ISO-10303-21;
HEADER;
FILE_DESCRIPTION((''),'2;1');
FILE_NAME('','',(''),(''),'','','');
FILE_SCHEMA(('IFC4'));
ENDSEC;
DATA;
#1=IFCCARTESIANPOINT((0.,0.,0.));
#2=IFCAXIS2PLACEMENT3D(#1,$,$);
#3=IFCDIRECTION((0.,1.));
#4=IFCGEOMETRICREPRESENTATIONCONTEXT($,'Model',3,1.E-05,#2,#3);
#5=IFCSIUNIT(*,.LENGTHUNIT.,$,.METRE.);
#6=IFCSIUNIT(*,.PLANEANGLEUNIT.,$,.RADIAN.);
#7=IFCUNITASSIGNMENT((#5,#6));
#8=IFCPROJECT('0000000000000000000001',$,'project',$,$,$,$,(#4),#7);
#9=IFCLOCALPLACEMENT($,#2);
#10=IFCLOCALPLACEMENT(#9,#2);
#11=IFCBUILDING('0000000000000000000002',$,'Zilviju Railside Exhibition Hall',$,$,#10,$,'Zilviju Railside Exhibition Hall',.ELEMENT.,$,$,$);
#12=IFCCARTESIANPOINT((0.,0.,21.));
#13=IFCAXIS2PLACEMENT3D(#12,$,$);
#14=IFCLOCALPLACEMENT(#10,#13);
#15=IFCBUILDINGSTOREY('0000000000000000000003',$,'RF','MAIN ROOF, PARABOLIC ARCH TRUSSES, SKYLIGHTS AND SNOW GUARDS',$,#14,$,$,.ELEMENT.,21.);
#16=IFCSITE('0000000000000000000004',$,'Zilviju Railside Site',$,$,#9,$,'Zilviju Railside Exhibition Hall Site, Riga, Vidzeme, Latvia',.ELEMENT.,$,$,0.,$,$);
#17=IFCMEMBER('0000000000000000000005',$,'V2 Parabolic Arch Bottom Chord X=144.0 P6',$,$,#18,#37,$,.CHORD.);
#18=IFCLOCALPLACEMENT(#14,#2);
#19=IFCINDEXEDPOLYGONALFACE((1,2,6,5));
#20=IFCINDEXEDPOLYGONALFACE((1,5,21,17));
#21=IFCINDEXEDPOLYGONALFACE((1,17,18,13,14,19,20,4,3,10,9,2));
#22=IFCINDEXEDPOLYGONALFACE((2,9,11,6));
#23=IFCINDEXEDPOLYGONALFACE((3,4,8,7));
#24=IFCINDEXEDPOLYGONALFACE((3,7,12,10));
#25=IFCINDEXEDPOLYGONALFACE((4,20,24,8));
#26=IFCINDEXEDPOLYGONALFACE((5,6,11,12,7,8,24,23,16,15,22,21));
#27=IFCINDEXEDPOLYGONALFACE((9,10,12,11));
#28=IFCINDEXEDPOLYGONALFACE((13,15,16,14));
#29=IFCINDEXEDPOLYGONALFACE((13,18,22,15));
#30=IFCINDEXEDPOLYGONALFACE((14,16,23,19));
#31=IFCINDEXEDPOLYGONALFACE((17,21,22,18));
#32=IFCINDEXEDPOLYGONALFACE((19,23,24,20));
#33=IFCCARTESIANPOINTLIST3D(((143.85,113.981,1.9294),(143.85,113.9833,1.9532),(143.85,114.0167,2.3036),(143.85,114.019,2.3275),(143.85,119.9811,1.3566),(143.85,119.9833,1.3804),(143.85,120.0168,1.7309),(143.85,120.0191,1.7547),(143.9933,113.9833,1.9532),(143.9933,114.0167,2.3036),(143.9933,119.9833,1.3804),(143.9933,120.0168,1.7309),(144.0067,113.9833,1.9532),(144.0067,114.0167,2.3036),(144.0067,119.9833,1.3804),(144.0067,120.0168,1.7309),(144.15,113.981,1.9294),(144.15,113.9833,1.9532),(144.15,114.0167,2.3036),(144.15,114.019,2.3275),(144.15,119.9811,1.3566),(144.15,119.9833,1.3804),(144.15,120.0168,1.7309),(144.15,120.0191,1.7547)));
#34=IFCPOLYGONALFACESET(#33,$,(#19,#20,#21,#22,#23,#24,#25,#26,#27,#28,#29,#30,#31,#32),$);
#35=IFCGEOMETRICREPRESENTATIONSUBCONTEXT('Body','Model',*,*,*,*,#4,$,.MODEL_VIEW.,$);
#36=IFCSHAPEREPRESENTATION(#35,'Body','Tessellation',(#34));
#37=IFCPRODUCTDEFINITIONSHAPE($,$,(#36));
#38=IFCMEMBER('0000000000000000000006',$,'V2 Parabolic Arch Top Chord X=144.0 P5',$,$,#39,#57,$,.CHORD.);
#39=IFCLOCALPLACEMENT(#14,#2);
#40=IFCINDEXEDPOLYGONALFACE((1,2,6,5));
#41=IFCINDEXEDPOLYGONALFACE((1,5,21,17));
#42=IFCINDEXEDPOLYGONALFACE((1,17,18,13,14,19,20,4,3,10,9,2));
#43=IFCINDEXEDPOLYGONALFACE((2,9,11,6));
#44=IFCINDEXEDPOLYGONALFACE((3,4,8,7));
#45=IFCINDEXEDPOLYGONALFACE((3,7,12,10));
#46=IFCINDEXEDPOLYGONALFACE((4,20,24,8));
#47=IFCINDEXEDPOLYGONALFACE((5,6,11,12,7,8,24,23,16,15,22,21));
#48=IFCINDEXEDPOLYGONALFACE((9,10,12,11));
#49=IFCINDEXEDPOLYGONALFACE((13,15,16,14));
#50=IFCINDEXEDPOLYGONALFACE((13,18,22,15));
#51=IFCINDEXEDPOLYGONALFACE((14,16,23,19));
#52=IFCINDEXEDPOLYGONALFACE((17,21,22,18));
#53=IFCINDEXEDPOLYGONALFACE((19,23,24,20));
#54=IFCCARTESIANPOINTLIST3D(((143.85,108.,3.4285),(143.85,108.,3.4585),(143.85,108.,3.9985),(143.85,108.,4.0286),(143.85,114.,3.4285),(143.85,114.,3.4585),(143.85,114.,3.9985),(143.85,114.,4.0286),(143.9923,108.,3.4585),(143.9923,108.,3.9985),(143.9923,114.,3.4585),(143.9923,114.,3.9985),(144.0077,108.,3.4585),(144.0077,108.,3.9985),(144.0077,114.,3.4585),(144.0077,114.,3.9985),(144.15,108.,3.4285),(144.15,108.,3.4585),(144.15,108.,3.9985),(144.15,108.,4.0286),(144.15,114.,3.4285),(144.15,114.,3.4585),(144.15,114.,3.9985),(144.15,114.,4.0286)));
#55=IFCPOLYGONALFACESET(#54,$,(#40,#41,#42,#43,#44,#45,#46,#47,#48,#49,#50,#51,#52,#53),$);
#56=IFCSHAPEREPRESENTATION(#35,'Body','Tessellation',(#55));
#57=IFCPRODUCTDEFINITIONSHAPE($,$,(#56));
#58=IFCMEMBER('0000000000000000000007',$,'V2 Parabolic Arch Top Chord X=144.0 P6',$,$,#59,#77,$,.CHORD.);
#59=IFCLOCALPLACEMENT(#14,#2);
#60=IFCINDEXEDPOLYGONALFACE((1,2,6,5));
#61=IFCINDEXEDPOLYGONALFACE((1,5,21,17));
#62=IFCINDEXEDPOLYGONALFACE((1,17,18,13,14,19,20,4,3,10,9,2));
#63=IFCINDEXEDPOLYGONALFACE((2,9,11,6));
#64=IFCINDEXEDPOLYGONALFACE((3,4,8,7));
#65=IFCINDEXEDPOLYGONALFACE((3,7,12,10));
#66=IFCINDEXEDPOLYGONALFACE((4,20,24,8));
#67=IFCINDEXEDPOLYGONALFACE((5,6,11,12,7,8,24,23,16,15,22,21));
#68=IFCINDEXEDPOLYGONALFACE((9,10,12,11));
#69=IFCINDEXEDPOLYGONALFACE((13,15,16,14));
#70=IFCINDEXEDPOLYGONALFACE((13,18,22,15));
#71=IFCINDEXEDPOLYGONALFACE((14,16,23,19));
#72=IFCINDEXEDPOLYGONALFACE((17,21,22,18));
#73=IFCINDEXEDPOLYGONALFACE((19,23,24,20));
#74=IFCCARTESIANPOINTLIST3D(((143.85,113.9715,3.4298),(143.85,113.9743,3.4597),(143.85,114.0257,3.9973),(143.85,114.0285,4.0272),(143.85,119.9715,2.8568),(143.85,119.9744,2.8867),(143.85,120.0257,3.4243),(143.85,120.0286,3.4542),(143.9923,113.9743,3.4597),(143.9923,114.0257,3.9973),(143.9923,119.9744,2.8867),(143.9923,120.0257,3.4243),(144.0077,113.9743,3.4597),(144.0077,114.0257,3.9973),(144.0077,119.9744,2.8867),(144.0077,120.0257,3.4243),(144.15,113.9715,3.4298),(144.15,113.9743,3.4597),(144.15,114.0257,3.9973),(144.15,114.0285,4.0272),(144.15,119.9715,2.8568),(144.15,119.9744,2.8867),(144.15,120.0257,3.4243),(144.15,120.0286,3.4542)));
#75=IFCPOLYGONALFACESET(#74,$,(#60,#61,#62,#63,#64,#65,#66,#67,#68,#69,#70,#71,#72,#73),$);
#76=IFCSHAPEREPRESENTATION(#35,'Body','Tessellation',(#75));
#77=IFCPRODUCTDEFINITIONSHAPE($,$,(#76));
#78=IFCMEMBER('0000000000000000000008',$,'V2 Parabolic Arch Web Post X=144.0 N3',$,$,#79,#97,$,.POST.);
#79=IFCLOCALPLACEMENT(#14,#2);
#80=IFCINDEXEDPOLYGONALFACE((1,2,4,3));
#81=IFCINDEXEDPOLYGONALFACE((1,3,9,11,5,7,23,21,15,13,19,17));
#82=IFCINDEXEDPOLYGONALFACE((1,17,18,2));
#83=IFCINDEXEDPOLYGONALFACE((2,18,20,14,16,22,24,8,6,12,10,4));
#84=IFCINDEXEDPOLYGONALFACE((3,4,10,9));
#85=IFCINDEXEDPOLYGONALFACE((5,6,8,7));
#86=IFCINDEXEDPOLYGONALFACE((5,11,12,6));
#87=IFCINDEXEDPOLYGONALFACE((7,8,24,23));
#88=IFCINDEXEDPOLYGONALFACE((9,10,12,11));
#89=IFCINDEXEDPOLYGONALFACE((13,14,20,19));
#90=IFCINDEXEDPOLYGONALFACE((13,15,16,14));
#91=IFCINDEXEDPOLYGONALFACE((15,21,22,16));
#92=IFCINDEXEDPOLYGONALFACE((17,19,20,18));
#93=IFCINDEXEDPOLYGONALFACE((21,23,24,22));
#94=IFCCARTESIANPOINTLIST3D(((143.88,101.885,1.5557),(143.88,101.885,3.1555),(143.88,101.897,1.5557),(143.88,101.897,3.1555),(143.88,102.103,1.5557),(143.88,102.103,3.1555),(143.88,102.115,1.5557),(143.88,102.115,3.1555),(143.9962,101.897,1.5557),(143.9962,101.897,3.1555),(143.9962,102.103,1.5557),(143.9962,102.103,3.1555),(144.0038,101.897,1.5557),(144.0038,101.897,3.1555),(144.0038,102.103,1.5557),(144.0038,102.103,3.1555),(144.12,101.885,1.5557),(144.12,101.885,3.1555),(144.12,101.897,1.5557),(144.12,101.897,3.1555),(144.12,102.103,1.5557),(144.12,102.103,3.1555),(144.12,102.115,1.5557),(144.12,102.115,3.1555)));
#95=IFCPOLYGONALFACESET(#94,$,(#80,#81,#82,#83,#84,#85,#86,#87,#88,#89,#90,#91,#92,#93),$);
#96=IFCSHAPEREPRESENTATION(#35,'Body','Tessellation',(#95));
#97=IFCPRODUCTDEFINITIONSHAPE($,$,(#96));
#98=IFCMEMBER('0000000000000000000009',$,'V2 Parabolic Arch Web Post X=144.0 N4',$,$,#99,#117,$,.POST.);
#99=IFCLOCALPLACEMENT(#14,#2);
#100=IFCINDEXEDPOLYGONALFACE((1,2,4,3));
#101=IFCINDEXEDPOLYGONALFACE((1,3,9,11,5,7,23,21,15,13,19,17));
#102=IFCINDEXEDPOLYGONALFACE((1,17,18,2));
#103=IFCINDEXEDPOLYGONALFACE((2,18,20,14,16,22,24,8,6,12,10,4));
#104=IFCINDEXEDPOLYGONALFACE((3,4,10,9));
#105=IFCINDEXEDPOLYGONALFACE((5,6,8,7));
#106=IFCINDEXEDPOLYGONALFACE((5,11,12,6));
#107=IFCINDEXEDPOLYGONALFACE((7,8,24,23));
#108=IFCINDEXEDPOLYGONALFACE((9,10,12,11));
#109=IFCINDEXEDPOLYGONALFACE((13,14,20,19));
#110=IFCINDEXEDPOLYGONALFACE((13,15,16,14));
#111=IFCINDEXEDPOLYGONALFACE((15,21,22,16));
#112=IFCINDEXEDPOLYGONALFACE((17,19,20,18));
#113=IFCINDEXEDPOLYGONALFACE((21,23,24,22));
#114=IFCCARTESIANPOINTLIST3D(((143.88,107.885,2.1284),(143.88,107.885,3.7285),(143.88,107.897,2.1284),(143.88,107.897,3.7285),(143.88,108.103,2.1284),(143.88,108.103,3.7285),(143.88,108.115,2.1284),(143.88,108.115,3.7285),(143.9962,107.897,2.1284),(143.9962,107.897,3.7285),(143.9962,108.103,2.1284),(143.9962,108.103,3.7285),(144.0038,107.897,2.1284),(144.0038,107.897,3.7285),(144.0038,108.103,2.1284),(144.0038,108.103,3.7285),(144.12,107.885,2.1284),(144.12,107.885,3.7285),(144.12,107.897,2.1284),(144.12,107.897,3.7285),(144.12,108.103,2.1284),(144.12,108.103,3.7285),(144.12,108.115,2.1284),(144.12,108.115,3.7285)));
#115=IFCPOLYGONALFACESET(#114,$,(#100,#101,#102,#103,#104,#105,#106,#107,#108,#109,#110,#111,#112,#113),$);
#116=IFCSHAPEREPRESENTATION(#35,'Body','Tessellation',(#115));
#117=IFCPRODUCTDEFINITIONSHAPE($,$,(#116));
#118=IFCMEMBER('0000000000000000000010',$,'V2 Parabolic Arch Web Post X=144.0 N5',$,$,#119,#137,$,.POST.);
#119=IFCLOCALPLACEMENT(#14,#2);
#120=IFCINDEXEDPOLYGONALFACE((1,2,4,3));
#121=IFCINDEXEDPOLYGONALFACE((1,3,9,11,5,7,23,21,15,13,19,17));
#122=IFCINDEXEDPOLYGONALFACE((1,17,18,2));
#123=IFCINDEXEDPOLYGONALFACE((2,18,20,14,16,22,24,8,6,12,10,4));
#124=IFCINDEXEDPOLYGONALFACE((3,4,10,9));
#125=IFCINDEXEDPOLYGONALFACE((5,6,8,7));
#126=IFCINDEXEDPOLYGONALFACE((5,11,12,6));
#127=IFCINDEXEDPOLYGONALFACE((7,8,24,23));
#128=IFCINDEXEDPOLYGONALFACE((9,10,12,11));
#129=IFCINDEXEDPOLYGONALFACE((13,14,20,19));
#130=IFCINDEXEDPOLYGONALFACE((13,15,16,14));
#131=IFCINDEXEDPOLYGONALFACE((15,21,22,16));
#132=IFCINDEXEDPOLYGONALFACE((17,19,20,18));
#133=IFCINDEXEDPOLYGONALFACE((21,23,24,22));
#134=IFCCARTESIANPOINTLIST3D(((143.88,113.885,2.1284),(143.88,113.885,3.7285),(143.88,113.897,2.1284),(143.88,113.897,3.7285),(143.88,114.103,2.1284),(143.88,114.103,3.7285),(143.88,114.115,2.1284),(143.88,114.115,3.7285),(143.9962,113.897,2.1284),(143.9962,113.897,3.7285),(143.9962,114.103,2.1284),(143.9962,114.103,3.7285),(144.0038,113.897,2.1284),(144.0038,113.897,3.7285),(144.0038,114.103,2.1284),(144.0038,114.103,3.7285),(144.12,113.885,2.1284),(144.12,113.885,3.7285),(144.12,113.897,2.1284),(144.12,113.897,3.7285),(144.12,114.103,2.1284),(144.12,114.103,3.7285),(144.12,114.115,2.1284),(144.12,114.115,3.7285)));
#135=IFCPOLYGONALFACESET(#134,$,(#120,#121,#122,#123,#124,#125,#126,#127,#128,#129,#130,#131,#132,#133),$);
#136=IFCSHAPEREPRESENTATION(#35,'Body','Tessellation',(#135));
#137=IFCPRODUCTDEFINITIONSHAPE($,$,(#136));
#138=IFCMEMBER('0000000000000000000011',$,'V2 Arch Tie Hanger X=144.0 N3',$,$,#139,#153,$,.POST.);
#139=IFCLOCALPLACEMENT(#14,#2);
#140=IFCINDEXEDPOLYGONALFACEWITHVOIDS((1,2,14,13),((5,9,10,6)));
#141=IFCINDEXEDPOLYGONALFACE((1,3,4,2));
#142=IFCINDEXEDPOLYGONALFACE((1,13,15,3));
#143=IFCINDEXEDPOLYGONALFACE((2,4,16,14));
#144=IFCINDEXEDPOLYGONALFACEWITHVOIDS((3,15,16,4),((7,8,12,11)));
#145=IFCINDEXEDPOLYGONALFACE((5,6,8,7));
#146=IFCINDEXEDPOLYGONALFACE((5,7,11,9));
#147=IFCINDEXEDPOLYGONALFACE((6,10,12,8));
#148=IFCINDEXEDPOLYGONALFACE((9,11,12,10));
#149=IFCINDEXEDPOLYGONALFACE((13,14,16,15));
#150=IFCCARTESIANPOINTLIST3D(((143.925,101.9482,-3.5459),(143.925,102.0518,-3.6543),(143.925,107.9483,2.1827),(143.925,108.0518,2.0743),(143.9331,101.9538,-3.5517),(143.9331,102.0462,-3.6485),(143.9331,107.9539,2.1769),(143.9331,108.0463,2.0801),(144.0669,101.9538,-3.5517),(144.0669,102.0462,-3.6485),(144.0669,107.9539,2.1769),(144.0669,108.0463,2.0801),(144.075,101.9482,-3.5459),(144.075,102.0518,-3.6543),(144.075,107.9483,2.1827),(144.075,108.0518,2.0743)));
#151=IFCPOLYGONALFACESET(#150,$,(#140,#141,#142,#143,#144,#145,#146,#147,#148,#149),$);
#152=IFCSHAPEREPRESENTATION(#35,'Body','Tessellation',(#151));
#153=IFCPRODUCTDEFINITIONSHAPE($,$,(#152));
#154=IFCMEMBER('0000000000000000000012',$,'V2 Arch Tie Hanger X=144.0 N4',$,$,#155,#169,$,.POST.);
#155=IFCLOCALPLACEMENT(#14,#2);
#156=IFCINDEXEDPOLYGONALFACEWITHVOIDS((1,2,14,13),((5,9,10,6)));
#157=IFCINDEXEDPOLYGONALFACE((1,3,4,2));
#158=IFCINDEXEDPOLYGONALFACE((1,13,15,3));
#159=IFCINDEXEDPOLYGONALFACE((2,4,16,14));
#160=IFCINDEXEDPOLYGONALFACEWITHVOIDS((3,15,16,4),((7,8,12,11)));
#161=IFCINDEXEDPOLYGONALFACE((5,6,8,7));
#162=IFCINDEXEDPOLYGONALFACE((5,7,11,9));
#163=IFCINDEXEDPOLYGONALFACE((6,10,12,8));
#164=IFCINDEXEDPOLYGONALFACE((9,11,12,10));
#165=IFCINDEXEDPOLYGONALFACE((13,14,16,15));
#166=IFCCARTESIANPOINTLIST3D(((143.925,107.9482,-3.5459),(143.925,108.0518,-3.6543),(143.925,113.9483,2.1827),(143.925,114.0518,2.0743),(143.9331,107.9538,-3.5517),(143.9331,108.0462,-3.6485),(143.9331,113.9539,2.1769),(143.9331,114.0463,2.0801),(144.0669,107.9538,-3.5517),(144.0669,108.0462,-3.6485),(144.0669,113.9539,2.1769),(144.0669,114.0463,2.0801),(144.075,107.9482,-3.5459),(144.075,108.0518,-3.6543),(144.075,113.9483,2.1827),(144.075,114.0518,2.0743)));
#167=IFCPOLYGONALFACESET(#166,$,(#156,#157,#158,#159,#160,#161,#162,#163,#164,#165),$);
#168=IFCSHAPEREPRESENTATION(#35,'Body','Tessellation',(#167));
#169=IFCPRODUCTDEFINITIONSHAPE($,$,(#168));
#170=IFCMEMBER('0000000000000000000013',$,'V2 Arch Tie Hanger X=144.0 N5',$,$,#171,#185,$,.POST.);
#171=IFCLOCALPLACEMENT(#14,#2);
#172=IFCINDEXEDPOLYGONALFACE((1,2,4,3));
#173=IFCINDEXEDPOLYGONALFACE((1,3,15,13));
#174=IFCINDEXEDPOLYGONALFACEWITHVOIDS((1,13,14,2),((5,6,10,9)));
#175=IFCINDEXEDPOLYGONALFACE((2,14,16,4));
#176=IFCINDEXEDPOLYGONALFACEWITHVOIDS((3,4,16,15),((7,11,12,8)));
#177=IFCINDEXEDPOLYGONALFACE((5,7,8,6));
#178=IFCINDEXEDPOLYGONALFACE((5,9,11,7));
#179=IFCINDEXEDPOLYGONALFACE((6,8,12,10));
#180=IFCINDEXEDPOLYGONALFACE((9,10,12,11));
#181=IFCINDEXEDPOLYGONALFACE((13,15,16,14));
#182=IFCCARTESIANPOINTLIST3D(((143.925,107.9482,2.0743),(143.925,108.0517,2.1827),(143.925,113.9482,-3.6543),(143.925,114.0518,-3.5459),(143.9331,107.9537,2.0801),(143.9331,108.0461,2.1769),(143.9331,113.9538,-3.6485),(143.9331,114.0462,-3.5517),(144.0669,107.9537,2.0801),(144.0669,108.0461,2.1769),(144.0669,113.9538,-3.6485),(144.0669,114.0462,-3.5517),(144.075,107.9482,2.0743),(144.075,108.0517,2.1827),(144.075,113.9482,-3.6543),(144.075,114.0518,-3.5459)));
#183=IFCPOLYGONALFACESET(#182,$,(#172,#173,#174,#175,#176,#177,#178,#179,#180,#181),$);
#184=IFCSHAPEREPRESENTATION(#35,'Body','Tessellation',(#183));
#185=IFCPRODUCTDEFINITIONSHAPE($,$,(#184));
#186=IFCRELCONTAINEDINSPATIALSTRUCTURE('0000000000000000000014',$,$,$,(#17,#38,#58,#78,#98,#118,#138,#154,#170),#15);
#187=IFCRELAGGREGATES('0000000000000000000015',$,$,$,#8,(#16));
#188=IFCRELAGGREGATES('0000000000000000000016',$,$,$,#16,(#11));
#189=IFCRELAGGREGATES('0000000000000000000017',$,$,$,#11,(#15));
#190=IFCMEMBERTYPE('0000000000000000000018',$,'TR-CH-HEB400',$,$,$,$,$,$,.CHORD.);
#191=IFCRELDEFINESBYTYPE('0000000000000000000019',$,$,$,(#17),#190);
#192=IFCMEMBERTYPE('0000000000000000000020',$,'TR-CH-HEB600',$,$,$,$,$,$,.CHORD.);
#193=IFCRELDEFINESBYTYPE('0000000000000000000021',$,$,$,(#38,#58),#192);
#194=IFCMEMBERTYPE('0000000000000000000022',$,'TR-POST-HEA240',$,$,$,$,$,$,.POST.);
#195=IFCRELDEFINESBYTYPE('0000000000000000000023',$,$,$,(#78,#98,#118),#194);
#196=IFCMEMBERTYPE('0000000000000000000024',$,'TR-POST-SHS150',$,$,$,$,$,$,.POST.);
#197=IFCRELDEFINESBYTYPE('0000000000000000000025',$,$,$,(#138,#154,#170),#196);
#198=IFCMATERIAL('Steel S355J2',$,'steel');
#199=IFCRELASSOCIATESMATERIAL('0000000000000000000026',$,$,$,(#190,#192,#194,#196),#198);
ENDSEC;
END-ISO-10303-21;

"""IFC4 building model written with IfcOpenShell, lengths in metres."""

from ifc_helpers import new_model, si_unit, direction, frame, origin, origin_2d, place, context, subcontext, project, spatial, hollow_rectangle, i_section, extrude, material, material_profile, profile_set, type_object, element, save


model = new_model("IFC4")

# Units and contexts
model_context = context("Model", 3, precision=1e-05, world=origin(), true_north=direction((0.0, 1.0)))
body_context = subcontext(model_context, "Body", "Model", "MODEL_VIEW")
ifc_project = project(units=[si_unit("LENGTHUNIT", "METRE"), si_unit("PLANEANGLEUNIT", "RADIAN")], contexts=[model_context])

# Site, building, storey
site_placement = place(None, origin())
site = spatial("IfcSite", under=ifc_project, at=site_placement, Name="Zilviju Railside Site", LongName="Zilviju Railside Exhibition Hall Site, Riga, Vidzeme, Latvia", CompositionType="ELEMENT", RefElevation=0.0)
building_placement = place(site_placement, origin())
building = spatial("IfcBuilding", under=site, at=building_placement, Name="Zilviju Railside Exhibition Hall", LongName="Zilviju Railside Exhibition Hall", CompositionType="ELEMENT")
storey_placement = place(building_placement, frame((0.0, 0.0, 21.0)))
storey = spatial("IfcBuildingStorey", under=building, at=storey_placement, Name="RF", Description="MAIN ROOF, PARABOLIC ARCH TRUSSES, SKYLIGHTS AND SNOW GUARDS", CompositionType="ELEMENT", Elevation=21.0)

# Members
ifc_material_1 = material(Name="Steel S355J2", Category="steel")
ifc_material_profile_1 = material_profile(ifc_material_1, i_section(OverallWidth=0.3, OverallDepth=0.3999, WebThickness=0.0134, FlangeThickness=0.0239, at=origin_2d()), Name="HEB 400")
ifc_profile_set_1 = profile_set([ifc_material_profile_1], Name="Steel S355J2")
member_type_1 = type_object("IfcMemberType", Name="TR-CH-HEB400", PredefinedType="CHORD", material=ifc_profile_set_1)
member_1_placement = place(storey_placement, frame((144.0, 114.0, 2.1284), z_axis=(0.0, 0.995475, -0.095027), x_axis=(-1.0, 0.0, 0.0)))
element("IfcMember", 1, at=member_1_placement, inside=storey, type_object=member_type_1, Name="V2 Parabolic Arch Bottom Chord X=144.0 P6", PredefinedType="CHORD", context=body_context, shape_type="SweptSolid", body=[
    extrude(i_section(OverallWidth=0.3, OverallDepth=0.3999, WebThickness=0.0134, FlangeThickness=0.0239, at=origin_2d()), origin(), (0.0, 0.0, 1.0), 6.0273),
])
ifc_material_profile_2 = material_profile(ifc_material_1, i_section(OverallWidth=0.3, OverallDepth=0.6001, WebThickness=0.0154, FlangeThickness=0.03, at=origin_2d()), Name="HEB 600")
ifc_profile_set_2 = profile_set([ifc_material_profile_2], Name="Steel S355J2")
member_type_2 = type_object("IfcMemberType", Name="TR-CH-HEB600", PredefinedType="CHORD", material=ifc_profile_set_2)
member_2_placement = place(storey_placement, frame((144.0, 108.0, 3.7285), z_axis=(0.0, 1.0, 0.0), x_axis=(-1.0, 0.0, 0.0)))
element("IfcMember", 2, at=member_2_placement, inside=storey, type_object=member_type_2, Name="V2 Parabolic Arch Top Chord X=144.0 P5", PredefinedType="CHORD", context=body_context, shape_type="SweptSolid", body=[
    extrude(i_section(OverallWidth=0.3, OverallDepth=0.6001, WebThickness=0.0154, FlangeThickness=0.03, at=origin_2d()), origin(), (0.0, 0.0, 1.0), 6.0),
])
member_3_placement = place(storey_placement, frame((144.0, 114.0, 3.7285), z_axis=(0.0, 0.995471, -0.095067), x_axis=(-1.0, 0.0, 0.0)))
element("IfcMember", 3, at=member_3_placement, inside=storey, type_object=member_type_2, Name="V2 Parabolic Arch Top Chord X=144.0 P6", PredefinedType="CHORD", context=body_context, shape_type="SweptSolid", body=[
    extrude(i_section(OverallWidth=0.3, OverallDepth=0.6001, WebThickness=0.0154, FlangeThickness=0.03, at=origin_2d()), origin(), (0.0, 0.0, 1.0), 6.0273),
])
ifc_material_profile_3 = material_profile(ifc_material_1, i_section(OverallWidth=0.24, OverallDepth=0.23, WebThickness=0.0076, FlangeThickness=0.012, at=origin_2d()), Name="HEA 240")
ifc_profile_set_3 = profile_set([ifc_material_profile_3], Name="Steel S355J2")
member_type_3 = type_object("IfcMemberType", Name="TR-POST-HEA240", PredefinedType="POST", material=ifc_profile_set_3)
member_4_placement = place(storey_placement, frame((144.0, 102.0, 1.5557), z_axis=(0.0, 0.0, 1.0), x_axis=(1.0, 0.0, 0.0)))
element("IfcMember", 4, at=member_4_placement, inside=storey, type_object=member_type_3, Name="V2 Parabolic Arch Web Post X=144.0 N3", PredefinedType="POST", context=body_context, shape_type="SweptSolid", body=[
    extrude(i_section(OverallWidth=0.24, OverallDepth=0.23, WebThickness=0.0076, FlangeThickness=0.012, at=origin_2d()), origin(), (0.0, 0.0, 1.0), 1.5999),
])
for number, where, z_axis, x_axis, name in (
    (5, (144.0, 108.0, 2.1284), (0.0, 0.0, 1.0), (1.0, 0.0, 0.0), "V2 Parabolic Arch Web Post X=144.0 N4"),
    (6, (144.0, 114.0, 2.1284), (0.0, 0.0, 1.0), (1.0, 0.0, 0.0), "V2 Parabolic Arch Web Post X=144.0 N5"),
):
    element("IfcMember", number, at=place(storey_placement, frame(where, z_axis=z_axis, x_axis=x_axis)), inside=storey, type_object=member_type_3, Name=name, PredefinedType="POST", context=body_context, shape_type="SweptSolid", body=[
        extrude(i_section(OverallWidth=0.24, OverallDepth=0.23, WebThickness=0.0076, FlangeThickness=0.012, at=origin_2d()), origin(), (0.0, 0.0, 1.0), 1.6001),
    ])
ifc_material_profile_4 = material_profile(ifc_material_1, hollow_rectangle(XDim=0.1499, YDim=0.1499, WallThickness=0.0081, at=origin_2d()), Name="SHS 150x150x8.0")
ifc_profile_set_4 = profile_set([ifc_material_profile_4], Name="Steel S355J2")
member_type_4 = type_object("IfcMemberType", Name="TR-POST-SHS150", PredefinedType="POST", material=ifc_profile_set_4)
for number, where, z_axis, x_axis, name in (
    (7, (144.0, 102.0, -3.6001), (0.0, 0.723281, 0.690554), (-1.0, 0.0, 0.0), "V2 Arch Tie Hanger X=144.0 N3"),
    (8, (144.0, 108.0, -3.6001), (0.0, 0.723281, 0.690554), (-1.0, 0.0, 0.0), "V2 Arch Tie Hanger X=144.0 N4"),
    (9, (144.0, 114.0, -3.6001), (0.0, -0.723281, 0.690554), (1.0, 0.0, 0.0), "V2 Arch Tie Hanger X=144.0 N5"),
):
    element("IfcMember", number, at=place(storey_placement, frame(where, z_axis=z_axis, x_axis=x_axis)), inside=storey, type_object=member_type_4, Name=name, PredefinedType="POST", context=body_context, shape_type="SweptSolid", body=[
        extrude(hollow_rectangle(XDim=0.1499, YDim=0.1499, WallThickness=0.0081, at=origin_2d()), origin(), (0.0, 0.0, 1.0), 8.2957),
    ])

save(model, "model.ifc")
